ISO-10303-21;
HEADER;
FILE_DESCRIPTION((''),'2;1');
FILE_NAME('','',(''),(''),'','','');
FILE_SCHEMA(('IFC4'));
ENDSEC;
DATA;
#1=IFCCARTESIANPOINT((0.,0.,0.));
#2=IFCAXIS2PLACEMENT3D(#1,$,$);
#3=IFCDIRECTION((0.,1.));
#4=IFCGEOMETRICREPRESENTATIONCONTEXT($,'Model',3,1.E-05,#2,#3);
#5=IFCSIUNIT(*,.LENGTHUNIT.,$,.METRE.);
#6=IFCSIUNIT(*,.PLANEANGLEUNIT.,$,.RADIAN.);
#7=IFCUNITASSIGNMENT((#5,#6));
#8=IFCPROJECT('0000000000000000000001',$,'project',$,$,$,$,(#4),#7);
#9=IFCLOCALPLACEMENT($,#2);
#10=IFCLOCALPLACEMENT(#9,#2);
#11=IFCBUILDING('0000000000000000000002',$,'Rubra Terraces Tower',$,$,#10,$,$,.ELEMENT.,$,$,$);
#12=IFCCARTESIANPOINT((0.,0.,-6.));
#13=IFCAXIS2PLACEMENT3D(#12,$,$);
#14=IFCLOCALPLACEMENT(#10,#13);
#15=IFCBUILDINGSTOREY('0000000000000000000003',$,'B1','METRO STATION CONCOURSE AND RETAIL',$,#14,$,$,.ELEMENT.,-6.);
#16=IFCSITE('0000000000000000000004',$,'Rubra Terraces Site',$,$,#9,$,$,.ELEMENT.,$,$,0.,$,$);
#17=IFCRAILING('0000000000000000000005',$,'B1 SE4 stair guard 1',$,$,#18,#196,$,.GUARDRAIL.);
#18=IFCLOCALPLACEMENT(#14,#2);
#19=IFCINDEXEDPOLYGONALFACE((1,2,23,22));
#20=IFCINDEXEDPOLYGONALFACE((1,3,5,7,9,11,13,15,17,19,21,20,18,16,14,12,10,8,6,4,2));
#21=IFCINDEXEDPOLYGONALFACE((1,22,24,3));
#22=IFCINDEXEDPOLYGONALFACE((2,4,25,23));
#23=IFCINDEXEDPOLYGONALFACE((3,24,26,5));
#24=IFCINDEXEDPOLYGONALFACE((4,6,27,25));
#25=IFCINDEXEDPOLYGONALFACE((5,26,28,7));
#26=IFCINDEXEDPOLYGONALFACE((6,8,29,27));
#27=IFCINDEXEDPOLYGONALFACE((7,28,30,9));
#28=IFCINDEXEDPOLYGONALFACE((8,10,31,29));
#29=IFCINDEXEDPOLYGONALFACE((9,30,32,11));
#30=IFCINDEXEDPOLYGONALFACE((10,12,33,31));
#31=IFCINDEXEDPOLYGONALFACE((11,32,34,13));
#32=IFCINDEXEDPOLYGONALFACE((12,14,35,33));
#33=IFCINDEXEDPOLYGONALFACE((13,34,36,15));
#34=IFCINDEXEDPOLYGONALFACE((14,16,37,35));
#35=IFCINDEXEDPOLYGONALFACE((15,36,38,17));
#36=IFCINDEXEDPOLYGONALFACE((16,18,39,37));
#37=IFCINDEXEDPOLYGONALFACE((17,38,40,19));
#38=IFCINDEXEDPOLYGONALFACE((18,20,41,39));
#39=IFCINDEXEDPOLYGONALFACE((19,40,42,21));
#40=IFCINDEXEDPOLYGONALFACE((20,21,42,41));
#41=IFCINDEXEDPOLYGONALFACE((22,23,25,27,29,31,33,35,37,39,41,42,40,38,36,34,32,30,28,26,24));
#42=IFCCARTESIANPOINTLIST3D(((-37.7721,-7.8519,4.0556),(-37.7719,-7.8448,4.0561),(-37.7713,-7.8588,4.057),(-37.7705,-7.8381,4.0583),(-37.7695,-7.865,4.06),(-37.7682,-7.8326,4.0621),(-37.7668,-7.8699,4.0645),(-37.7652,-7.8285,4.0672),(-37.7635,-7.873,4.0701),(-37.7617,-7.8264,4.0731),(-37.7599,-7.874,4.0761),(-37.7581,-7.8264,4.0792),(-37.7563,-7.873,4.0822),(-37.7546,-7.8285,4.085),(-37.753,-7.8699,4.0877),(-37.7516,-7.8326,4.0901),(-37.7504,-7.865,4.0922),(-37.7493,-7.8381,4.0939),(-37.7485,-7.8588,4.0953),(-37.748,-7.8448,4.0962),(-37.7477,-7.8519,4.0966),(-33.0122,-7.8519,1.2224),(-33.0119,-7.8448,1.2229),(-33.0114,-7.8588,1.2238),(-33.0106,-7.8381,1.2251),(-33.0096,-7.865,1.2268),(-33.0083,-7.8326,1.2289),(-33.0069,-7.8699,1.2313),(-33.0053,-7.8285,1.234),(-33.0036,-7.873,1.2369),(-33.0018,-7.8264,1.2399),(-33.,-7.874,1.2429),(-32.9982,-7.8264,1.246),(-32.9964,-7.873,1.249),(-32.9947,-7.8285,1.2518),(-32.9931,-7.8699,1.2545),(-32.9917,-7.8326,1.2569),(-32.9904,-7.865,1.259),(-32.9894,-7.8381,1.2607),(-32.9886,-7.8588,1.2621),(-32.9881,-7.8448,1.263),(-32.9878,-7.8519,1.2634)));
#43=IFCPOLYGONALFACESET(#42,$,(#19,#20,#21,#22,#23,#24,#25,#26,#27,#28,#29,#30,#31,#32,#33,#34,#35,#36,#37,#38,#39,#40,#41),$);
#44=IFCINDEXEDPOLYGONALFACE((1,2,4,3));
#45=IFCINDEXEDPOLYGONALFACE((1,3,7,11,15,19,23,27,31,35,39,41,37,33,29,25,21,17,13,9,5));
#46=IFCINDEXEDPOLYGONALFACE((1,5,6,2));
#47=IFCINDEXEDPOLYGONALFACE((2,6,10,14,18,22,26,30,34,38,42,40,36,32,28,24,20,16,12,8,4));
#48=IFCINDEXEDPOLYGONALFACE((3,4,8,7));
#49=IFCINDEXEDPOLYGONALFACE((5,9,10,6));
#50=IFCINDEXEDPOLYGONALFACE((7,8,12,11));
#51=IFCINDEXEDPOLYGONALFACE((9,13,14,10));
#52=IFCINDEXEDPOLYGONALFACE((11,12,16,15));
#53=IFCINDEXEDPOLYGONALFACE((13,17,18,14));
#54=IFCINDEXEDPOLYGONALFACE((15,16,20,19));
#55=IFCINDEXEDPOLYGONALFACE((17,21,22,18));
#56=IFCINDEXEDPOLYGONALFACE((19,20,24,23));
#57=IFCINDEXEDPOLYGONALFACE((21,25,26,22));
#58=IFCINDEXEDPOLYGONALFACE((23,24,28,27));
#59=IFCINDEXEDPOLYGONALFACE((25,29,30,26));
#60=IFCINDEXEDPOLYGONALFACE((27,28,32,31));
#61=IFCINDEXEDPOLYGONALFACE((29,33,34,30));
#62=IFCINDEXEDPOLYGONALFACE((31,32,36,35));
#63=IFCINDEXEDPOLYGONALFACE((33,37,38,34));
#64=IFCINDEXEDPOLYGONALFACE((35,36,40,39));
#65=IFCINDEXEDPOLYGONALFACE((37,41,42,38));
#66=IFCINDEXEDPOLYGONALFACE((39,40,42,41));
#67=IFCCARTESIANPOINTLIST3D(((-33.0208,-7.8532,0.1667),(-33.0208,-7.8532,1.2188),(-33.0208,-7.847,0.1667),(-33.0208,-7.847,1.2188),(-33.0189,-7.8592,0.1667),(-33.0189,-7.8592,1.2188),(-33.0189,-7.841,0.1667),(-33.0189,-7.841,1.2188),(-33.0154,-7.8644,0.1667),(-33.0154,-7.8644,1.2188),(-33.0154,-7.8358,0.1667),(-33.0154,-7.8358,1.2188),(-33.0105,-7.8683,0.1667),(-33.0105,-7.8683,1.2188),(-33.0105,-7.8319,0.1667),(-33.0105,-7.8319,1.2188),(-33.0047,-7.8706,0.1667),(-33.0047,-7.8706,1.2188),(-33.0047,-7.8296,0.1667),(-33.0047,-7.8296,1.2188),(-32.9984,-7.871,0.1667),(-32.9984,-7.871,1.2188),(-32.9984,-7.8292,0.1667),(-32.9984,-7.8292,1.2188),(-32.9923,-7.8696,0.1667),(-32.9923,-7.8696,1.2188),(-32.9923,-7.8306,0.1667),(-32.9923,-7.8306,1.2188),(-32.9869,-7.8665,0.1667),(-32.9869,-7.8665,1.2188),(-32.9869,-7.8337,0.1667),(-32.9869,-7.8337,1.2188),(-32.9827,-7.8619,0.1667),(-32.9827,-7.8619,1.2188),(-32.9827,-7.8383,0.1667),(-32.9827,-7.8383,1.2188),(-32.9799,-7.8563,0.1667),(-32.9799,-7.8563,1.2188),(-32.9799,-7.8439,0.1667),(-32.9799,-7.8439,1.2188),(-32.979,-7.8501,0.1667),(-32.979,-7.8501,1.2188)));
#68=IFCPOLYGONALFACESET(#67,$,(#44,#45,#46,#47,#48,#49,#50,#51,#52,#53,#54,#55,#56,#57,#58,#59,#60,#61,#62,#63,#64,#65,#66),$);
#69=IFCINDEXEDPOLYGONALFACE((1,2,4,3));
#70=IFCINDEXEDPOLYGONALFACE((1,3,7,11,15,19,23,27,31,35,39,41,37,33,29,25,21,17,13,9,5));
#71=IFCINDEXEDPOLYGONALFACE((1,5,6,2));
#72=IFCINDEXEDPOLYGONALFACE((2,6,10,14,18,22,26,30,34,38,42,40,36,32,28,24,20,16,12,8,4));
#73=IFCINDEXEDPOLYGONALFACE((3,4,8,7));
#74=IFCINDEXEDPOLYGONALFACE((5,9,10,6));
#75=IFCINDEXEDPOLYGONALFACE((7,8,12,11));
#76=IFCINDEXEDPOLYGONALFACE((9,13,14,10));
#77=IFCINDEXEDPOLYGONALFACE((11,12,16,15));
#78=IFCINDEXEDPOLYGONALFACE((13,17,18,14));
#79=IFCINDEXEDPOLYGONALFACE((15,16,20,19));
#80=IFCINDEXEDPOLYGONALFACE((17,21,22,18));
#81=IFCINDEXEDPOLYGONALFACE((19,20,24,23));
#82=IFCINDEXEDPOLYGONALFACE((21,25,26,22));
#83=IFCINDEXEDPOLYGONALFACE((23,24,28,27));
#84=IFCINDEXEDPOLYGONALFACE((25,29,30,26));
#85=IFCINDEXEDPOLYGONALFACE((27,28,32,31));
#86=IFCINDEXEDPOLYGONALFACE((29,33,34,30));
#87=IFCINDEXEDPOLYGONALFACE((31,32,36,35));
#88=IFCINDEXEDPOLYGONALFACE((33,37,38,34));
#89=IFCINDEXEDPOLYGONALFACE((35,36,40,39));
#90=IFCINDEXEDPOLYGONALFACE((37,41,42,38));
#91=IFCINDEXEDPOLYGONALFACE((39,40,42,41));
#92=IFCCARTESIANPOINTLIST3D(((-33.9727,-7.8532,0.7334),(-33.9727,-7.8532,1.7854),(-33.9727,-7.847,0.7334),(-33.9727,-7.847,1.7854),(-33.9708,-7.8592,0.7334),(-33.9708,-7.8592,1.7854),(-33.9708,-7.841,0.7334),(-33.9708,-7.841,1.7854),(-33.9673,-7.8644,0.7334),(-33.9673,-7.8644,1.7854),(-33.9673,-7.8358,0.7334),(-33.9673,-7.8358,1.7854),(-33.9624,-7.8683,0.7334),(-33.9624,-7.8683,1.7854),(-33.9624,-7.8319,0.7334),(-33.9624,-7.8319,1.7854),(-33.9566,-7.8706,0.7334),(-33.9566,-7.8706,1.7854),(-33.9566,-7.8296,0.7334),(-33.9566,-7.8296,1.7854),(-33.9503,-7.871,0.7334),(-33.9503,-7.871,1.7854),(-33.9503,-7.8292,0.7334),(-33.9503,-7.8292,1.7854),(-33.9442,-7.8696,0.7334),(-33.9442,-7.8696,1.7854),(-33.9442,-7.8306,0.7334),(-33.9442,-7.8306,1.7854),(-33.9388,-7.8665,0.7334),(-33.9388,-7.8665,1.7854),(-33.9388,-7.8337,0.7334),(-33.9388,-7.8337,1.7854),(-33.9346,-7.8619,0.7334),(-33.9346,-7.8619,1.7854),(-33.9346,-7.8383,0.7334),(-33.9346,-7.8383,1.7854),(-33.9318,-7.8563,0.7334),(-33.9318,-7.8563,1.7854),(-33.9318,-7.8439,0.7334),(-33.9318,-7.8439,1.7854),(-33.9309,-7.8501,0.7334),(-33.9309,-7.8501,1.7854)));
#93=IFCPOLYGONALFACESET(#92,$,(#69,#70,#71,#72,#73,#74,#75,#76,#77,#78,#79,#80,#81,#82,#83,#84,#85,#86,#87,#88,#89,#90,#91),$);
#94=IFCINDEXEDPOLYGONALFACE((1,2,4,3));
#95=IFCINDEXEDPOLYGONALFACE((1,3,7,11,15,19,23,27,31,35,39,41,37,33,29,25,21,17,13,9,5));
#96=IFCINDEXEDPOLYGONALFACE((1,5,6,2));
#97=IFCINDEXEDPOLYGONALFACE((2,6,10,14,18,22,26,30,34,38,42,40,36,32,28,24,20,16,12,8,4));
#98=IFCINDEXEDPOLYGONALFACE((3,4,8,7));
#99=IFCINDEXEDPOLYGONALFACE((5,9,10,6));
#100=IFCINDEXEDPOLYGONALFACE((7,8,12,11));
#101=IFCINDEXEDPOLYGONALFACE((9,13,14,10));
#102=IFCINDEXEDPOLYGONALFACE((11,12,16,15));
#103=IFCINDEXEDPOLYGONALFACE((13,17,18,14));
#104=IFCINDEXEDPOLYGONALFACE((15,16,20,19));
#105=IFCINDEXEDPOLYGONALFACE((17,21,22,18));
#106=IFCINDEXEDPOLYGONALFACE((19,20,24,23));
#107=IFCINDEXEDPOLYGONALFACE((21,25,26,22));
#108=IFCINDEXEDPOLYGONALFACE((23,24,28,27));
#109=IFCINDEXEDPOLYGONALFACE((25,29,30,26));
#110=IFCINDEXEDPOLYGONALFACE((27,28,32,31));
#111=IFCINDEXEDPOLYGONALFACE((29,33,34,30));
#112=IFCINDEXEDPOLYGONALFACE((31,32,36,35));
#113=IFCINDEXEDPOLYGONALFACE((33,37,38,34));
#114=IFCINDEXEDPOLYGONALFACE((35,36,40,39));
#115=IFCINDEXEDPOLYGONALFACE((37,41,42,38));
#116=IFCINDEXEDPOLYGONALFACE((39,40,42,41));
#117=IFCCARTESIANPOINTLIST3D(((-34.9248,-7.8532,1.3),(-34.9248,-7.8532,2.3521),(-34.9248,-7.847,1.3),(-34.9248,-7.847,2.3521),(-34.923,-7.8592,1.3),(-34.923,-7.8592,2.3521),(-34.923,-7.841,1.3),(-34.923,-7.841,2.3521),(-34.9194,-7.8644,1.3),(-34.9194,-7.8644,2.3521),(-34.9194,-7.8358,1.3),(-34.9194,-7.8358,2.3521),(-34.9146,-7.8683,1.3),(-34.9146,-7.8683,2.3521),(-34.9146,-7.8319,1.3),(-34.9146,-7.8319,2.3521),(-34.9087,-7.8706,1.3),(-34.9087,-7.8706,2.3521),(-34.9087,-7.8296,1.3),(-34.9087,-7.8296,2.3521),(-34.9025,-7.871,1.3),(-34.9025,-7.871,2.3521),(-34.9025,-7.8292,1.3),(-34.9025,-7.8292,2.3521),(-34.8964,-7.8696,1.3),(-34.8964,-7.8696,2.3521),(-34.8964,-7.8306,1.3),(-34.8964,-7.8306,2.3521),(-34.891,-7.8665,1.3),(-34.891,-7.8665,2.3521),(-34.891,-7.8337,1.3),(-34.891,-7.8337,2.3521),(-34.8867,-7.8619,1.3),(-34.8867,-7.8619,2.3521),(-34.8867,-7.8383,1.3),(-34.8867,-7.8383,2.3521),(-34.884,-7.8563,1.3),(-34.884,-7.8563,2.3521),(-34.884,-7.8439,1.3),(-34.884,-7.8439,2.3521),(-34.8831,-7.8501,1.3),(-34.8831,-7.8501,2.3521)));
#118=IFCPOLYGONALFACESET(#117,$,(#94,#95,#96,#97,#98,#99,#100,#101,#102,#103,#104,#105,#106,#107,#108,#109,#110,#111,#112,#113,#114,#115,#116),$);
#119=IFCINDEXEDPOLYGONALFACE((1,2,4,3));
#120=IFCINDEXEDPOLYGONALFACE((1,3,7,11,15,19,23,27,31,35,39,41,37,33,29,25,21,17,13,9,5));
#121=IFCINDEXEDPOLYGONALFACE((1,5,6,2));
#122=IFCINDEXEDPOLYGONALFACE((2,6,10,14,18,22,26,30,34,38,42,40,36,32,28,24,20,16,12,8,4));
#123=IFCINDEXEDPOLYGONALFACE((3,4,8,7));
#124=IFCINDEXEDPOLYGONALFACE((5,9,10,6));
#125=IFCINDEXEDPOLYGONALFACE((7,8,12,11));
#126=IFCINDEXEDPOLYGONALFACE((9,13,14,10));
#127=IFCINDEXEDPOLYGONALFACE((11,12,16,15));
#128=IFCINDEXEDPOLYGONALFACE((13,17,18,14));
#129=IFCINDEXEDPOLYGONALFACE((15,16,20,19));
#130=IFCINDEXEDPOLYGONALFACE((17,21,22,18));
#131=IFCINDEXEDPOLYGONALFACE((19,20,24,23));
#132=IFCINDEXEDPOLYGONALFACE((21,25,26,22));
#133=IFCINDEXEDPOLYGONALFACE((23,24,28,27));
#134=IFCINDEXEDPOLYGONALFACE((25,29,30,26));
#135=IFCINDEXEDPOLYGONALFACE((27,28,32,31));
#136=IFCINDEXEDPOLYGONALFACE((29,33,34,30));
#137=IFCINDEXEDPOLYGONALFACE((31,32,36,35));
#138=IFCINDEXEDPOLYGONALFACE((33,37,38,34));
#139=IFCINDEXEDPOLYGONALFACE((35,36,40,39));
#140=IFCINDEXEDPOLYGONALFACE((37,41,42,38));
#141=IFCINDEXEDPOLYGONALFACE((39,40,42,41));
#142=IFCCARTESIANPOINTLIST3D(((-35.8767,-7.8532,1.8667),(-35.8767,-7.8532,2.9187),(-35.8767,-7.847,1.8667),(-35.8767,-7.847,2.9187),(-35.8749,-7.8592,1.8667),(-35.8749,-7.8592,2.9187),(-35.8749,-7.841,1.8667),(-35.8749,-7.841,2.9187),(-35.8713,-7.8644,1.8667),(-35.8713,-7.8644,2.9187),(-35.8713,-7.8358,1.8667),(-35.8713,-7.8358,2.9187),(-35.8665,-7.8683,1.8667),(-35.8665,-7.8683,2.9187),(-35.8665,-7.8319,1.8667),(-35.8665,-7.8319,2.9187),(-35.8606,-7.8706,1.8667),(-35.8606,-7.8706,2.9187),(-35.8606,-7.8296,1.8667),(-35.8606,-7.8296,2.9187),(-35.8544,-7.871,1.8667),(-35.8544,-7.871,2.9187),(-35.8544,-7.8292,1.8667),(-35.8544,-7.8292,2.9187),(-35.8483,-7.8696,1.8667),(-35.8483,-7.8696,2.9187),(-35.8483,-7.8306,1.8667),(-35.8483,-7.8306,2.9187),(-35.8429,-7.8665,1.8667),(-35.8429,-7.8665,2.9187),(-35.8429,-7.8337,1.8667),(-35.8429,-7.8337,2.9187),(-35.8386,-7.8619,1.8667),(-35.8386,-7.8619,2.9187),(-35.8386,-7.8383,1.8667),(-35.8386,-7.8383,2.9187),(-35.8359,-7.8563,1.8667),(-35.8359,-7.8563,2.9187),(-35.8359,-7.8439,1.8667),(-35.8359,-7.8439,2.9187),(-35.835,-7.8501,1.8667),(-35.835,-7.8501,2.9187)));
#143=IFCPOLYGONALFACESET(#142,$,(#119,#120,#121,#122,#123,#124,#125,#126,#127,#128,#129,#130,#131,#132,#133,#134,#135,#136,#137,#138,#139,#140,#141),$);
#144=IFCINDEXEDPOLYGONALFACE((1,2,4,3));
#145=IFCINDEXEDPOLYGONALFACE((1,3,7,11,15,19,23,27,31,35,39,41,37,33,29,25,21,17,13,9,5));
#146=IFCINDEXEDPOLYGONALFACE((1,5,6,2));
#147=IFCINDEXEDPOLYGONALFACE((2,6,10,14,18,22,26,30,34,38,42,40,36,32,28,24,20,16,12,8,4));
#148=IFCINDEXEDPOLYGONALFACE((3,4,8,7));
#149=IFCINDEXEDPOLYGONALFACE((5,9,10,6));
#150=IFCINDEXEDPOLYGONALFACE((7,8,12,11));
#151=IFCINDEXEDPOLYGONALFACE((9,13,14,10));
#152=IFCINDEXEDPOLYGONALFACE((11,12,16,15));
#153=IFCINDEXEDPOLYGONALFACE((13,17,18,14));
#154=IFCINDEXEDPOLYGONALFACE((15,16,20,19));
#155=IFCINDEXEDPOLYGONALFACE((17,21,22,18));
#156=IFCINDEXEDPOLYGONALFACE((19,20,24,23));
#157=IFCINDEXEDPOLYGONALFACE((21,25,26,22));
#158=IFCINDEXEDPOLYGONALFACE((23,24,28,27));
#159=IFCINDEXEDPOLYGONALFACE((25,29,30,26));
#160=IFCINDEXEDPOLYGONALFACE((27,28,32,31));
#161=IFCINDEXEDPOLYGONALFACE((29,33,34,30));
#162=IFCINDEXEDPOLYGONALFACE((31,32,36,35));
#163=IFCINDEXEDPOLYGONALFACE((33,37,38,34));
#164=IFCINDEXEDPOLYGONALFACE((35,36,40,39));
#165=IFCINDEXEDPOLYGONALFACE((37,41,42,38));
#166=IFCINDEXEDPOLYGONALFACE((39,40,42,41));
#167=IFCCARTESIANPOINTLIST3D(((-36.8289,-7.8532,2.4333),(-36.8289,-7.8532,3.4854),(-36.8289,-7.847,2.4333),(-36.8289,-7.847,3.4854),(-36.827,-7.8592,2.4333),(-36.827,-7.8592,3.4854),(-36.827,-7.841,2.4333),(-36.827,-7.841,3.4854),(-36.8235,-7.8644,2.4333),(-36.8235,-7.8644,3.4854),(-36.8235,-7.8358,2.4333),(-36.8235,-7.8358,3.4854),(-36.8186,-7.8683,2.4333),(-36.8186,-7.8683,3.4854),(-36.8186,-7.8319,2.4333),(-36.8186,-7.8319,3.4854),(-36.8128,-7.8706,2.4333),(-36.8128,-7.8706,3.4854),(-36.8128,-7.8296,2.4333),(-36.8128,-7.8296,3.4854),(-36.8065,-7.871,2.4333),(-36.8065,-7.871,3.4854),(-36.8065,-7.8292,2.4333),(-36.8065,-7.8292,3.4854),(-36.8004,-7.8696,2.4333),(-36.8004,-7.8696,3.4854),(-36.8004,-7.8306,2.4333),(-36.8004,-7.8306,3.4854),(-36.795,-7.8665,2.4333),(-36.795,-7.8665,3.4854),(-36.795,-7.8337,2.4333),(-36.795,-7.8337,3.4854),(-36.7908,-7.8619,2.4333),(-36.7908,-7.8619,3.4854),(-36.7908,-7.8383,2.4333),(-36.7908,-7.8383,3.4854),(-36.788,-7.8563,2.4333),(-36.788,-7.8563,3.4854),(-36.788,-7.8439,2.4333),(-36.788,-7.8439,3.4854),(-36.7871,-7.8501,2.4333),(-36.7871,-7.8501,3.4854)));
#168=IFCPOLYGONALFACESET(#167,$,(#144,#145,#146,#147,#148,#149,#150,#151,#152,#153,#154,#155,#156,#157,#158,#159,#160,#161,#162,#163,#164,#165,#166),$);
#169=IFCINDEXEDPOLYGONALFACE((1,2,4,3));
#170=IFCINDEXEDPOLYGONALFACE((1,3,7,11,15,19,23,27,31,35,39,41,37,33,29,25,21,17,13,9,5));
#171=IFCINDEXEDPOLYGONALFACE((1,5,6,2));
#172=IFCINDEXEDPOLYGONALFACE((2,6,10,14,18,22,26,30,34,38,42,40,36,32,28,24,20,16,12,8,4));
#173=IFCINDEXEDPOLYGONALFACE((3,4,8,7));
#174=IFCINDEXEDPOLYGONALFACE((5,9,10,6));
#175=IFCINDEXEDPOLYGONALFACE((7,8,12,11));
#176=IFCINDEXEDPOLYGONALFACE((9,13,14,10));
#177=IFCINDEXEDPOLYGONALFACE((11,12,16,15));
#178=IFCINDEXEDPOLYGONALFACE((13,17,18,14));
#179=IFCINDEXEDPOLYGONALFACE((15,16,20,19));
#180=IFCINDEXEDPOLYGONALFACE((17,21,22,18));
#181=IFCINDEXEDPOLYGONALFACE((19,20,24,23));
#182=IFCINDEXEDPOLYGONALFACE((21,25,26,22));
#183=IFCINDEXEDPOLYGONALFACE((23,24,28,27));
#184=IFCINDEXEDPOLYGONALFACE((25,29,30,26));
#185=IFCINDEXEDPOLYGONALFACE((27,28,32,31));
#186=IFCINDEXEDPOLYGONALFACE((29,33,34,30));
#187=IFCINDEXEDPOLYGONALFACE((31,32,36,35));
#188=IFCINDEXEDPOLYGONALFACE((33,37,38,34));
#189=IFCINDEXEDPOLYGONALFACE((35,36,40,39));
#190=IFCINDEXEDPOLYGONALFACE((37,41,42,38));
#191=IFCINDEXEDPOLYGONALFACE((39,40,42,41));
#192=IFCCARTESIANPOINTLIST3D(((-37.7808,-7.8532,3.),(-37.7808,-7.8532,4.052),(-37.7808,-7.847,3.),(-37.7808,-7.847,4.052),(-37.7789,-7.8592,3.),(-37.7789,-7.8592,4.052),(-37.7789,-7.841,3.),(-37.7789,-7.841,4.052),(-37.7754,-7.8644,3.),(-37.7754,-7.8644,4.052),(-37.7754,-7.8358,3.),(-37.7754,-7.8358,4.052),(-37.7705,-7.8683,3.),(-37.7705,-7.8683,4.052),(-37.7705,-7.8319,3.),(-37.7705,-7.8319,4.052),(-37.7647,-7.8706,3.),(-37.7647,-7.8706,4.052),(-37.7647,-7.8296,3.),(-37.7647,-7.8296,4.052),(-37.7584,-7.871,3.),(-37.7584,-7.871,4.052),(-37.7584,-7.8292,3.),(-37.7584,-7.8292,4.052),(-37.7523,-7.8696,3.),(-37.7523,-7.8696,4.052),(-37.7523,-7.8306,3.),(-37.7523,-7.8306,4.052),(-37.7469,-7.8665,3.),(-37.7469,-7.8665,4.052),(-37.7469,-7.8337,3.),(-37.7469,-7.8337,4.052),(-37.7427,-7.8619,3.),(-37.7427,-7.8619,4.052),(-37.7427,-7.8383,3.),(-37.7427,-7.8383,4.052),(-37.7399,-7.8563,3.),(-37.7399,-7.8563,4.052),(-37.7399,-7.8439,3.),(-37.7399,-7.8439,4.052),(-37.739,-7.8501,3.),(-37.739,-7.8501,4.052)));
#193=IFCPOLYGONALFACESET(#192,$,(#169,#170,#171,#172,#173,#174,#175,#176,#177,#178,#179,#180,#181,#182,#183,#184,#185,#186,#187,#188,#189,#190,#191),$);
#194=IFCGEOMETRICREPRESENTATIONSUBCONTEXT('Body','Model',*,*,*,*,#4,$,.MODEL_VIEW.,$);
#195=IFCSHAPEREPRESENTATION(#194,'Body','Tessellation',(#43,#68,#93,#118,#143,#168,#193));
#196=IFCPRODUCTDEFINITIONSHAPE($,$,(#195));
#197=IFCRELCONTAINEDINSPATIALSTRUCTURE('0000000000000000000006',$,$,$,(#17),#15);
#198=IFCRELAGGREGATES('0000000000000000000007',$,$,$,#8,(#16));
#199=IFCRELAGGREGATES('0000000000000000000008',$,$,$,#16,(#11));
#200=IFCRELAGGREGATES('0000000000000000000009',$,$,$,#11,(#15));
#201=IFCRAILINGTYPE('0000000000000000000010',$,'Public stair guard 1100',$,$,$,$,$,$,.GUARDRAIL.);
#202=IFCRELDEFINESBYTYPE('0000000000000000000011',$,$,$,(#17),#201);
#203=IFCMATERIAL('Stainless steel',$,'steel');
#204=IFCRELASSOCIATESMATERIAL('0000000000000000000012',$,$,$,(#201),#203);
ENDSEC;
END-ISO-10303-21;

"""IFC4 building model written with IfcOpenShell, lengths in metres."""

from ifc_helpers import new_model, si_unit, direction, frame, origin, origin_2d, place, context, subcontext, project, spatial, circle, extrude, material, type_object, element, save


model = new_model("IFC4")

# Units and contexts
model_context = context("Model", 3, precision=1e-05, world=origin(), true_north=direction((0.0, 1.0)))
body_context = subcontext(model_context, "Body", "Model", "MODEL_VIEW")
ifc_project = project(units=[si_unit("LENGTHUNIT", "METRE"), si_unit("PLANEANGLEUNIT", "RADIAN")], contexts=[model_context])

# Site, building, storey
site_placement = place(None, origin())
site = spatial("IfcSite", under=ifc_project, at=site_placement, Name="Rubra Terraces Site", CompositionType="ELEMENT", RefElevation=0.0)
building_placement = place(site_placement, origin())
building = spatial("IfcBuilding", under=site, at=building_placement, Name="Rubra Terraces Tower", CompositionType="ELEMENT")
storey_placement = place(building_placement, frame((0.0, 0.0, -6.0)))
storey = spatial("IfcBuildingStorey", under=building, at=storey_placement, Name="B1", Description="METRO STATION CONCOURSE AND RETAIL", CompositionType="ELEMENT", Elevation=-6.0)

# Shared definitions
ifc_material_1 = material(Name="Stainless steel", Category="steel")

# Railing
railing_type_1 = type_object("IfcRailingType", Name="Public stair guard 1100", PredefinedType="GUARDRAIL", material=ifc_material_1)
railing_1_placement = place(storey_placement, frame((-33.0, -7.8501, 0.1667)))
element("IfcRailing", 1, at=railing_1_placement, inside=storey, type_object=railing_type_1, Name="B1 SE4 stair guard 1", PredefinedType="GUARDRAIL", context=body_context, shape_type="SweptSolid", body=[
    extrude(circle(Radius=0.0239, at=origin_2d()), frame((0.0, 0.0, 1.0762), z_axis=(-0.8593, 0.0, 0.511472), x_axis=(0.0, -1.0, 0.0)), (0.0, 0.0, 1.0), 5.5393),
    extrude(circle(Radius=0.021, at=origin_2d()), origin(), (0.0, 0.0, 1.0), 1.052),
    extrude(circle(Radius=0.021, at=origin_2d()), frame((-0.9519, 0.0, 0.5667)), (0.0, 0.0, 1.0), 1.052),
    extrude(circle(Radius=0.021, at=origin_2d()), frame((-1.9041, 0.0, 1.1333)), (0.0, 0.0, 1.0), 1.052),
    extrude(circle(Radius=0.021, at=origin_2d()), frame((-2.856, 0.0, 1.7)), (0.0, 0.0, 1.0), 1.052),
    extrude(circle(Radius=0.021, at=origin_2d()), frame((-3.8081, 0.0, 2.2666)), (0.0, 0.0, 1.0), 1.052),
    extrude(circle(Radius=0.021, at=origin_2d()), frame((-4.76, 0.0, 2.8333)), (0.0, 0.0, 1.0), 1.052),
])

save(model, "model.ifc")
